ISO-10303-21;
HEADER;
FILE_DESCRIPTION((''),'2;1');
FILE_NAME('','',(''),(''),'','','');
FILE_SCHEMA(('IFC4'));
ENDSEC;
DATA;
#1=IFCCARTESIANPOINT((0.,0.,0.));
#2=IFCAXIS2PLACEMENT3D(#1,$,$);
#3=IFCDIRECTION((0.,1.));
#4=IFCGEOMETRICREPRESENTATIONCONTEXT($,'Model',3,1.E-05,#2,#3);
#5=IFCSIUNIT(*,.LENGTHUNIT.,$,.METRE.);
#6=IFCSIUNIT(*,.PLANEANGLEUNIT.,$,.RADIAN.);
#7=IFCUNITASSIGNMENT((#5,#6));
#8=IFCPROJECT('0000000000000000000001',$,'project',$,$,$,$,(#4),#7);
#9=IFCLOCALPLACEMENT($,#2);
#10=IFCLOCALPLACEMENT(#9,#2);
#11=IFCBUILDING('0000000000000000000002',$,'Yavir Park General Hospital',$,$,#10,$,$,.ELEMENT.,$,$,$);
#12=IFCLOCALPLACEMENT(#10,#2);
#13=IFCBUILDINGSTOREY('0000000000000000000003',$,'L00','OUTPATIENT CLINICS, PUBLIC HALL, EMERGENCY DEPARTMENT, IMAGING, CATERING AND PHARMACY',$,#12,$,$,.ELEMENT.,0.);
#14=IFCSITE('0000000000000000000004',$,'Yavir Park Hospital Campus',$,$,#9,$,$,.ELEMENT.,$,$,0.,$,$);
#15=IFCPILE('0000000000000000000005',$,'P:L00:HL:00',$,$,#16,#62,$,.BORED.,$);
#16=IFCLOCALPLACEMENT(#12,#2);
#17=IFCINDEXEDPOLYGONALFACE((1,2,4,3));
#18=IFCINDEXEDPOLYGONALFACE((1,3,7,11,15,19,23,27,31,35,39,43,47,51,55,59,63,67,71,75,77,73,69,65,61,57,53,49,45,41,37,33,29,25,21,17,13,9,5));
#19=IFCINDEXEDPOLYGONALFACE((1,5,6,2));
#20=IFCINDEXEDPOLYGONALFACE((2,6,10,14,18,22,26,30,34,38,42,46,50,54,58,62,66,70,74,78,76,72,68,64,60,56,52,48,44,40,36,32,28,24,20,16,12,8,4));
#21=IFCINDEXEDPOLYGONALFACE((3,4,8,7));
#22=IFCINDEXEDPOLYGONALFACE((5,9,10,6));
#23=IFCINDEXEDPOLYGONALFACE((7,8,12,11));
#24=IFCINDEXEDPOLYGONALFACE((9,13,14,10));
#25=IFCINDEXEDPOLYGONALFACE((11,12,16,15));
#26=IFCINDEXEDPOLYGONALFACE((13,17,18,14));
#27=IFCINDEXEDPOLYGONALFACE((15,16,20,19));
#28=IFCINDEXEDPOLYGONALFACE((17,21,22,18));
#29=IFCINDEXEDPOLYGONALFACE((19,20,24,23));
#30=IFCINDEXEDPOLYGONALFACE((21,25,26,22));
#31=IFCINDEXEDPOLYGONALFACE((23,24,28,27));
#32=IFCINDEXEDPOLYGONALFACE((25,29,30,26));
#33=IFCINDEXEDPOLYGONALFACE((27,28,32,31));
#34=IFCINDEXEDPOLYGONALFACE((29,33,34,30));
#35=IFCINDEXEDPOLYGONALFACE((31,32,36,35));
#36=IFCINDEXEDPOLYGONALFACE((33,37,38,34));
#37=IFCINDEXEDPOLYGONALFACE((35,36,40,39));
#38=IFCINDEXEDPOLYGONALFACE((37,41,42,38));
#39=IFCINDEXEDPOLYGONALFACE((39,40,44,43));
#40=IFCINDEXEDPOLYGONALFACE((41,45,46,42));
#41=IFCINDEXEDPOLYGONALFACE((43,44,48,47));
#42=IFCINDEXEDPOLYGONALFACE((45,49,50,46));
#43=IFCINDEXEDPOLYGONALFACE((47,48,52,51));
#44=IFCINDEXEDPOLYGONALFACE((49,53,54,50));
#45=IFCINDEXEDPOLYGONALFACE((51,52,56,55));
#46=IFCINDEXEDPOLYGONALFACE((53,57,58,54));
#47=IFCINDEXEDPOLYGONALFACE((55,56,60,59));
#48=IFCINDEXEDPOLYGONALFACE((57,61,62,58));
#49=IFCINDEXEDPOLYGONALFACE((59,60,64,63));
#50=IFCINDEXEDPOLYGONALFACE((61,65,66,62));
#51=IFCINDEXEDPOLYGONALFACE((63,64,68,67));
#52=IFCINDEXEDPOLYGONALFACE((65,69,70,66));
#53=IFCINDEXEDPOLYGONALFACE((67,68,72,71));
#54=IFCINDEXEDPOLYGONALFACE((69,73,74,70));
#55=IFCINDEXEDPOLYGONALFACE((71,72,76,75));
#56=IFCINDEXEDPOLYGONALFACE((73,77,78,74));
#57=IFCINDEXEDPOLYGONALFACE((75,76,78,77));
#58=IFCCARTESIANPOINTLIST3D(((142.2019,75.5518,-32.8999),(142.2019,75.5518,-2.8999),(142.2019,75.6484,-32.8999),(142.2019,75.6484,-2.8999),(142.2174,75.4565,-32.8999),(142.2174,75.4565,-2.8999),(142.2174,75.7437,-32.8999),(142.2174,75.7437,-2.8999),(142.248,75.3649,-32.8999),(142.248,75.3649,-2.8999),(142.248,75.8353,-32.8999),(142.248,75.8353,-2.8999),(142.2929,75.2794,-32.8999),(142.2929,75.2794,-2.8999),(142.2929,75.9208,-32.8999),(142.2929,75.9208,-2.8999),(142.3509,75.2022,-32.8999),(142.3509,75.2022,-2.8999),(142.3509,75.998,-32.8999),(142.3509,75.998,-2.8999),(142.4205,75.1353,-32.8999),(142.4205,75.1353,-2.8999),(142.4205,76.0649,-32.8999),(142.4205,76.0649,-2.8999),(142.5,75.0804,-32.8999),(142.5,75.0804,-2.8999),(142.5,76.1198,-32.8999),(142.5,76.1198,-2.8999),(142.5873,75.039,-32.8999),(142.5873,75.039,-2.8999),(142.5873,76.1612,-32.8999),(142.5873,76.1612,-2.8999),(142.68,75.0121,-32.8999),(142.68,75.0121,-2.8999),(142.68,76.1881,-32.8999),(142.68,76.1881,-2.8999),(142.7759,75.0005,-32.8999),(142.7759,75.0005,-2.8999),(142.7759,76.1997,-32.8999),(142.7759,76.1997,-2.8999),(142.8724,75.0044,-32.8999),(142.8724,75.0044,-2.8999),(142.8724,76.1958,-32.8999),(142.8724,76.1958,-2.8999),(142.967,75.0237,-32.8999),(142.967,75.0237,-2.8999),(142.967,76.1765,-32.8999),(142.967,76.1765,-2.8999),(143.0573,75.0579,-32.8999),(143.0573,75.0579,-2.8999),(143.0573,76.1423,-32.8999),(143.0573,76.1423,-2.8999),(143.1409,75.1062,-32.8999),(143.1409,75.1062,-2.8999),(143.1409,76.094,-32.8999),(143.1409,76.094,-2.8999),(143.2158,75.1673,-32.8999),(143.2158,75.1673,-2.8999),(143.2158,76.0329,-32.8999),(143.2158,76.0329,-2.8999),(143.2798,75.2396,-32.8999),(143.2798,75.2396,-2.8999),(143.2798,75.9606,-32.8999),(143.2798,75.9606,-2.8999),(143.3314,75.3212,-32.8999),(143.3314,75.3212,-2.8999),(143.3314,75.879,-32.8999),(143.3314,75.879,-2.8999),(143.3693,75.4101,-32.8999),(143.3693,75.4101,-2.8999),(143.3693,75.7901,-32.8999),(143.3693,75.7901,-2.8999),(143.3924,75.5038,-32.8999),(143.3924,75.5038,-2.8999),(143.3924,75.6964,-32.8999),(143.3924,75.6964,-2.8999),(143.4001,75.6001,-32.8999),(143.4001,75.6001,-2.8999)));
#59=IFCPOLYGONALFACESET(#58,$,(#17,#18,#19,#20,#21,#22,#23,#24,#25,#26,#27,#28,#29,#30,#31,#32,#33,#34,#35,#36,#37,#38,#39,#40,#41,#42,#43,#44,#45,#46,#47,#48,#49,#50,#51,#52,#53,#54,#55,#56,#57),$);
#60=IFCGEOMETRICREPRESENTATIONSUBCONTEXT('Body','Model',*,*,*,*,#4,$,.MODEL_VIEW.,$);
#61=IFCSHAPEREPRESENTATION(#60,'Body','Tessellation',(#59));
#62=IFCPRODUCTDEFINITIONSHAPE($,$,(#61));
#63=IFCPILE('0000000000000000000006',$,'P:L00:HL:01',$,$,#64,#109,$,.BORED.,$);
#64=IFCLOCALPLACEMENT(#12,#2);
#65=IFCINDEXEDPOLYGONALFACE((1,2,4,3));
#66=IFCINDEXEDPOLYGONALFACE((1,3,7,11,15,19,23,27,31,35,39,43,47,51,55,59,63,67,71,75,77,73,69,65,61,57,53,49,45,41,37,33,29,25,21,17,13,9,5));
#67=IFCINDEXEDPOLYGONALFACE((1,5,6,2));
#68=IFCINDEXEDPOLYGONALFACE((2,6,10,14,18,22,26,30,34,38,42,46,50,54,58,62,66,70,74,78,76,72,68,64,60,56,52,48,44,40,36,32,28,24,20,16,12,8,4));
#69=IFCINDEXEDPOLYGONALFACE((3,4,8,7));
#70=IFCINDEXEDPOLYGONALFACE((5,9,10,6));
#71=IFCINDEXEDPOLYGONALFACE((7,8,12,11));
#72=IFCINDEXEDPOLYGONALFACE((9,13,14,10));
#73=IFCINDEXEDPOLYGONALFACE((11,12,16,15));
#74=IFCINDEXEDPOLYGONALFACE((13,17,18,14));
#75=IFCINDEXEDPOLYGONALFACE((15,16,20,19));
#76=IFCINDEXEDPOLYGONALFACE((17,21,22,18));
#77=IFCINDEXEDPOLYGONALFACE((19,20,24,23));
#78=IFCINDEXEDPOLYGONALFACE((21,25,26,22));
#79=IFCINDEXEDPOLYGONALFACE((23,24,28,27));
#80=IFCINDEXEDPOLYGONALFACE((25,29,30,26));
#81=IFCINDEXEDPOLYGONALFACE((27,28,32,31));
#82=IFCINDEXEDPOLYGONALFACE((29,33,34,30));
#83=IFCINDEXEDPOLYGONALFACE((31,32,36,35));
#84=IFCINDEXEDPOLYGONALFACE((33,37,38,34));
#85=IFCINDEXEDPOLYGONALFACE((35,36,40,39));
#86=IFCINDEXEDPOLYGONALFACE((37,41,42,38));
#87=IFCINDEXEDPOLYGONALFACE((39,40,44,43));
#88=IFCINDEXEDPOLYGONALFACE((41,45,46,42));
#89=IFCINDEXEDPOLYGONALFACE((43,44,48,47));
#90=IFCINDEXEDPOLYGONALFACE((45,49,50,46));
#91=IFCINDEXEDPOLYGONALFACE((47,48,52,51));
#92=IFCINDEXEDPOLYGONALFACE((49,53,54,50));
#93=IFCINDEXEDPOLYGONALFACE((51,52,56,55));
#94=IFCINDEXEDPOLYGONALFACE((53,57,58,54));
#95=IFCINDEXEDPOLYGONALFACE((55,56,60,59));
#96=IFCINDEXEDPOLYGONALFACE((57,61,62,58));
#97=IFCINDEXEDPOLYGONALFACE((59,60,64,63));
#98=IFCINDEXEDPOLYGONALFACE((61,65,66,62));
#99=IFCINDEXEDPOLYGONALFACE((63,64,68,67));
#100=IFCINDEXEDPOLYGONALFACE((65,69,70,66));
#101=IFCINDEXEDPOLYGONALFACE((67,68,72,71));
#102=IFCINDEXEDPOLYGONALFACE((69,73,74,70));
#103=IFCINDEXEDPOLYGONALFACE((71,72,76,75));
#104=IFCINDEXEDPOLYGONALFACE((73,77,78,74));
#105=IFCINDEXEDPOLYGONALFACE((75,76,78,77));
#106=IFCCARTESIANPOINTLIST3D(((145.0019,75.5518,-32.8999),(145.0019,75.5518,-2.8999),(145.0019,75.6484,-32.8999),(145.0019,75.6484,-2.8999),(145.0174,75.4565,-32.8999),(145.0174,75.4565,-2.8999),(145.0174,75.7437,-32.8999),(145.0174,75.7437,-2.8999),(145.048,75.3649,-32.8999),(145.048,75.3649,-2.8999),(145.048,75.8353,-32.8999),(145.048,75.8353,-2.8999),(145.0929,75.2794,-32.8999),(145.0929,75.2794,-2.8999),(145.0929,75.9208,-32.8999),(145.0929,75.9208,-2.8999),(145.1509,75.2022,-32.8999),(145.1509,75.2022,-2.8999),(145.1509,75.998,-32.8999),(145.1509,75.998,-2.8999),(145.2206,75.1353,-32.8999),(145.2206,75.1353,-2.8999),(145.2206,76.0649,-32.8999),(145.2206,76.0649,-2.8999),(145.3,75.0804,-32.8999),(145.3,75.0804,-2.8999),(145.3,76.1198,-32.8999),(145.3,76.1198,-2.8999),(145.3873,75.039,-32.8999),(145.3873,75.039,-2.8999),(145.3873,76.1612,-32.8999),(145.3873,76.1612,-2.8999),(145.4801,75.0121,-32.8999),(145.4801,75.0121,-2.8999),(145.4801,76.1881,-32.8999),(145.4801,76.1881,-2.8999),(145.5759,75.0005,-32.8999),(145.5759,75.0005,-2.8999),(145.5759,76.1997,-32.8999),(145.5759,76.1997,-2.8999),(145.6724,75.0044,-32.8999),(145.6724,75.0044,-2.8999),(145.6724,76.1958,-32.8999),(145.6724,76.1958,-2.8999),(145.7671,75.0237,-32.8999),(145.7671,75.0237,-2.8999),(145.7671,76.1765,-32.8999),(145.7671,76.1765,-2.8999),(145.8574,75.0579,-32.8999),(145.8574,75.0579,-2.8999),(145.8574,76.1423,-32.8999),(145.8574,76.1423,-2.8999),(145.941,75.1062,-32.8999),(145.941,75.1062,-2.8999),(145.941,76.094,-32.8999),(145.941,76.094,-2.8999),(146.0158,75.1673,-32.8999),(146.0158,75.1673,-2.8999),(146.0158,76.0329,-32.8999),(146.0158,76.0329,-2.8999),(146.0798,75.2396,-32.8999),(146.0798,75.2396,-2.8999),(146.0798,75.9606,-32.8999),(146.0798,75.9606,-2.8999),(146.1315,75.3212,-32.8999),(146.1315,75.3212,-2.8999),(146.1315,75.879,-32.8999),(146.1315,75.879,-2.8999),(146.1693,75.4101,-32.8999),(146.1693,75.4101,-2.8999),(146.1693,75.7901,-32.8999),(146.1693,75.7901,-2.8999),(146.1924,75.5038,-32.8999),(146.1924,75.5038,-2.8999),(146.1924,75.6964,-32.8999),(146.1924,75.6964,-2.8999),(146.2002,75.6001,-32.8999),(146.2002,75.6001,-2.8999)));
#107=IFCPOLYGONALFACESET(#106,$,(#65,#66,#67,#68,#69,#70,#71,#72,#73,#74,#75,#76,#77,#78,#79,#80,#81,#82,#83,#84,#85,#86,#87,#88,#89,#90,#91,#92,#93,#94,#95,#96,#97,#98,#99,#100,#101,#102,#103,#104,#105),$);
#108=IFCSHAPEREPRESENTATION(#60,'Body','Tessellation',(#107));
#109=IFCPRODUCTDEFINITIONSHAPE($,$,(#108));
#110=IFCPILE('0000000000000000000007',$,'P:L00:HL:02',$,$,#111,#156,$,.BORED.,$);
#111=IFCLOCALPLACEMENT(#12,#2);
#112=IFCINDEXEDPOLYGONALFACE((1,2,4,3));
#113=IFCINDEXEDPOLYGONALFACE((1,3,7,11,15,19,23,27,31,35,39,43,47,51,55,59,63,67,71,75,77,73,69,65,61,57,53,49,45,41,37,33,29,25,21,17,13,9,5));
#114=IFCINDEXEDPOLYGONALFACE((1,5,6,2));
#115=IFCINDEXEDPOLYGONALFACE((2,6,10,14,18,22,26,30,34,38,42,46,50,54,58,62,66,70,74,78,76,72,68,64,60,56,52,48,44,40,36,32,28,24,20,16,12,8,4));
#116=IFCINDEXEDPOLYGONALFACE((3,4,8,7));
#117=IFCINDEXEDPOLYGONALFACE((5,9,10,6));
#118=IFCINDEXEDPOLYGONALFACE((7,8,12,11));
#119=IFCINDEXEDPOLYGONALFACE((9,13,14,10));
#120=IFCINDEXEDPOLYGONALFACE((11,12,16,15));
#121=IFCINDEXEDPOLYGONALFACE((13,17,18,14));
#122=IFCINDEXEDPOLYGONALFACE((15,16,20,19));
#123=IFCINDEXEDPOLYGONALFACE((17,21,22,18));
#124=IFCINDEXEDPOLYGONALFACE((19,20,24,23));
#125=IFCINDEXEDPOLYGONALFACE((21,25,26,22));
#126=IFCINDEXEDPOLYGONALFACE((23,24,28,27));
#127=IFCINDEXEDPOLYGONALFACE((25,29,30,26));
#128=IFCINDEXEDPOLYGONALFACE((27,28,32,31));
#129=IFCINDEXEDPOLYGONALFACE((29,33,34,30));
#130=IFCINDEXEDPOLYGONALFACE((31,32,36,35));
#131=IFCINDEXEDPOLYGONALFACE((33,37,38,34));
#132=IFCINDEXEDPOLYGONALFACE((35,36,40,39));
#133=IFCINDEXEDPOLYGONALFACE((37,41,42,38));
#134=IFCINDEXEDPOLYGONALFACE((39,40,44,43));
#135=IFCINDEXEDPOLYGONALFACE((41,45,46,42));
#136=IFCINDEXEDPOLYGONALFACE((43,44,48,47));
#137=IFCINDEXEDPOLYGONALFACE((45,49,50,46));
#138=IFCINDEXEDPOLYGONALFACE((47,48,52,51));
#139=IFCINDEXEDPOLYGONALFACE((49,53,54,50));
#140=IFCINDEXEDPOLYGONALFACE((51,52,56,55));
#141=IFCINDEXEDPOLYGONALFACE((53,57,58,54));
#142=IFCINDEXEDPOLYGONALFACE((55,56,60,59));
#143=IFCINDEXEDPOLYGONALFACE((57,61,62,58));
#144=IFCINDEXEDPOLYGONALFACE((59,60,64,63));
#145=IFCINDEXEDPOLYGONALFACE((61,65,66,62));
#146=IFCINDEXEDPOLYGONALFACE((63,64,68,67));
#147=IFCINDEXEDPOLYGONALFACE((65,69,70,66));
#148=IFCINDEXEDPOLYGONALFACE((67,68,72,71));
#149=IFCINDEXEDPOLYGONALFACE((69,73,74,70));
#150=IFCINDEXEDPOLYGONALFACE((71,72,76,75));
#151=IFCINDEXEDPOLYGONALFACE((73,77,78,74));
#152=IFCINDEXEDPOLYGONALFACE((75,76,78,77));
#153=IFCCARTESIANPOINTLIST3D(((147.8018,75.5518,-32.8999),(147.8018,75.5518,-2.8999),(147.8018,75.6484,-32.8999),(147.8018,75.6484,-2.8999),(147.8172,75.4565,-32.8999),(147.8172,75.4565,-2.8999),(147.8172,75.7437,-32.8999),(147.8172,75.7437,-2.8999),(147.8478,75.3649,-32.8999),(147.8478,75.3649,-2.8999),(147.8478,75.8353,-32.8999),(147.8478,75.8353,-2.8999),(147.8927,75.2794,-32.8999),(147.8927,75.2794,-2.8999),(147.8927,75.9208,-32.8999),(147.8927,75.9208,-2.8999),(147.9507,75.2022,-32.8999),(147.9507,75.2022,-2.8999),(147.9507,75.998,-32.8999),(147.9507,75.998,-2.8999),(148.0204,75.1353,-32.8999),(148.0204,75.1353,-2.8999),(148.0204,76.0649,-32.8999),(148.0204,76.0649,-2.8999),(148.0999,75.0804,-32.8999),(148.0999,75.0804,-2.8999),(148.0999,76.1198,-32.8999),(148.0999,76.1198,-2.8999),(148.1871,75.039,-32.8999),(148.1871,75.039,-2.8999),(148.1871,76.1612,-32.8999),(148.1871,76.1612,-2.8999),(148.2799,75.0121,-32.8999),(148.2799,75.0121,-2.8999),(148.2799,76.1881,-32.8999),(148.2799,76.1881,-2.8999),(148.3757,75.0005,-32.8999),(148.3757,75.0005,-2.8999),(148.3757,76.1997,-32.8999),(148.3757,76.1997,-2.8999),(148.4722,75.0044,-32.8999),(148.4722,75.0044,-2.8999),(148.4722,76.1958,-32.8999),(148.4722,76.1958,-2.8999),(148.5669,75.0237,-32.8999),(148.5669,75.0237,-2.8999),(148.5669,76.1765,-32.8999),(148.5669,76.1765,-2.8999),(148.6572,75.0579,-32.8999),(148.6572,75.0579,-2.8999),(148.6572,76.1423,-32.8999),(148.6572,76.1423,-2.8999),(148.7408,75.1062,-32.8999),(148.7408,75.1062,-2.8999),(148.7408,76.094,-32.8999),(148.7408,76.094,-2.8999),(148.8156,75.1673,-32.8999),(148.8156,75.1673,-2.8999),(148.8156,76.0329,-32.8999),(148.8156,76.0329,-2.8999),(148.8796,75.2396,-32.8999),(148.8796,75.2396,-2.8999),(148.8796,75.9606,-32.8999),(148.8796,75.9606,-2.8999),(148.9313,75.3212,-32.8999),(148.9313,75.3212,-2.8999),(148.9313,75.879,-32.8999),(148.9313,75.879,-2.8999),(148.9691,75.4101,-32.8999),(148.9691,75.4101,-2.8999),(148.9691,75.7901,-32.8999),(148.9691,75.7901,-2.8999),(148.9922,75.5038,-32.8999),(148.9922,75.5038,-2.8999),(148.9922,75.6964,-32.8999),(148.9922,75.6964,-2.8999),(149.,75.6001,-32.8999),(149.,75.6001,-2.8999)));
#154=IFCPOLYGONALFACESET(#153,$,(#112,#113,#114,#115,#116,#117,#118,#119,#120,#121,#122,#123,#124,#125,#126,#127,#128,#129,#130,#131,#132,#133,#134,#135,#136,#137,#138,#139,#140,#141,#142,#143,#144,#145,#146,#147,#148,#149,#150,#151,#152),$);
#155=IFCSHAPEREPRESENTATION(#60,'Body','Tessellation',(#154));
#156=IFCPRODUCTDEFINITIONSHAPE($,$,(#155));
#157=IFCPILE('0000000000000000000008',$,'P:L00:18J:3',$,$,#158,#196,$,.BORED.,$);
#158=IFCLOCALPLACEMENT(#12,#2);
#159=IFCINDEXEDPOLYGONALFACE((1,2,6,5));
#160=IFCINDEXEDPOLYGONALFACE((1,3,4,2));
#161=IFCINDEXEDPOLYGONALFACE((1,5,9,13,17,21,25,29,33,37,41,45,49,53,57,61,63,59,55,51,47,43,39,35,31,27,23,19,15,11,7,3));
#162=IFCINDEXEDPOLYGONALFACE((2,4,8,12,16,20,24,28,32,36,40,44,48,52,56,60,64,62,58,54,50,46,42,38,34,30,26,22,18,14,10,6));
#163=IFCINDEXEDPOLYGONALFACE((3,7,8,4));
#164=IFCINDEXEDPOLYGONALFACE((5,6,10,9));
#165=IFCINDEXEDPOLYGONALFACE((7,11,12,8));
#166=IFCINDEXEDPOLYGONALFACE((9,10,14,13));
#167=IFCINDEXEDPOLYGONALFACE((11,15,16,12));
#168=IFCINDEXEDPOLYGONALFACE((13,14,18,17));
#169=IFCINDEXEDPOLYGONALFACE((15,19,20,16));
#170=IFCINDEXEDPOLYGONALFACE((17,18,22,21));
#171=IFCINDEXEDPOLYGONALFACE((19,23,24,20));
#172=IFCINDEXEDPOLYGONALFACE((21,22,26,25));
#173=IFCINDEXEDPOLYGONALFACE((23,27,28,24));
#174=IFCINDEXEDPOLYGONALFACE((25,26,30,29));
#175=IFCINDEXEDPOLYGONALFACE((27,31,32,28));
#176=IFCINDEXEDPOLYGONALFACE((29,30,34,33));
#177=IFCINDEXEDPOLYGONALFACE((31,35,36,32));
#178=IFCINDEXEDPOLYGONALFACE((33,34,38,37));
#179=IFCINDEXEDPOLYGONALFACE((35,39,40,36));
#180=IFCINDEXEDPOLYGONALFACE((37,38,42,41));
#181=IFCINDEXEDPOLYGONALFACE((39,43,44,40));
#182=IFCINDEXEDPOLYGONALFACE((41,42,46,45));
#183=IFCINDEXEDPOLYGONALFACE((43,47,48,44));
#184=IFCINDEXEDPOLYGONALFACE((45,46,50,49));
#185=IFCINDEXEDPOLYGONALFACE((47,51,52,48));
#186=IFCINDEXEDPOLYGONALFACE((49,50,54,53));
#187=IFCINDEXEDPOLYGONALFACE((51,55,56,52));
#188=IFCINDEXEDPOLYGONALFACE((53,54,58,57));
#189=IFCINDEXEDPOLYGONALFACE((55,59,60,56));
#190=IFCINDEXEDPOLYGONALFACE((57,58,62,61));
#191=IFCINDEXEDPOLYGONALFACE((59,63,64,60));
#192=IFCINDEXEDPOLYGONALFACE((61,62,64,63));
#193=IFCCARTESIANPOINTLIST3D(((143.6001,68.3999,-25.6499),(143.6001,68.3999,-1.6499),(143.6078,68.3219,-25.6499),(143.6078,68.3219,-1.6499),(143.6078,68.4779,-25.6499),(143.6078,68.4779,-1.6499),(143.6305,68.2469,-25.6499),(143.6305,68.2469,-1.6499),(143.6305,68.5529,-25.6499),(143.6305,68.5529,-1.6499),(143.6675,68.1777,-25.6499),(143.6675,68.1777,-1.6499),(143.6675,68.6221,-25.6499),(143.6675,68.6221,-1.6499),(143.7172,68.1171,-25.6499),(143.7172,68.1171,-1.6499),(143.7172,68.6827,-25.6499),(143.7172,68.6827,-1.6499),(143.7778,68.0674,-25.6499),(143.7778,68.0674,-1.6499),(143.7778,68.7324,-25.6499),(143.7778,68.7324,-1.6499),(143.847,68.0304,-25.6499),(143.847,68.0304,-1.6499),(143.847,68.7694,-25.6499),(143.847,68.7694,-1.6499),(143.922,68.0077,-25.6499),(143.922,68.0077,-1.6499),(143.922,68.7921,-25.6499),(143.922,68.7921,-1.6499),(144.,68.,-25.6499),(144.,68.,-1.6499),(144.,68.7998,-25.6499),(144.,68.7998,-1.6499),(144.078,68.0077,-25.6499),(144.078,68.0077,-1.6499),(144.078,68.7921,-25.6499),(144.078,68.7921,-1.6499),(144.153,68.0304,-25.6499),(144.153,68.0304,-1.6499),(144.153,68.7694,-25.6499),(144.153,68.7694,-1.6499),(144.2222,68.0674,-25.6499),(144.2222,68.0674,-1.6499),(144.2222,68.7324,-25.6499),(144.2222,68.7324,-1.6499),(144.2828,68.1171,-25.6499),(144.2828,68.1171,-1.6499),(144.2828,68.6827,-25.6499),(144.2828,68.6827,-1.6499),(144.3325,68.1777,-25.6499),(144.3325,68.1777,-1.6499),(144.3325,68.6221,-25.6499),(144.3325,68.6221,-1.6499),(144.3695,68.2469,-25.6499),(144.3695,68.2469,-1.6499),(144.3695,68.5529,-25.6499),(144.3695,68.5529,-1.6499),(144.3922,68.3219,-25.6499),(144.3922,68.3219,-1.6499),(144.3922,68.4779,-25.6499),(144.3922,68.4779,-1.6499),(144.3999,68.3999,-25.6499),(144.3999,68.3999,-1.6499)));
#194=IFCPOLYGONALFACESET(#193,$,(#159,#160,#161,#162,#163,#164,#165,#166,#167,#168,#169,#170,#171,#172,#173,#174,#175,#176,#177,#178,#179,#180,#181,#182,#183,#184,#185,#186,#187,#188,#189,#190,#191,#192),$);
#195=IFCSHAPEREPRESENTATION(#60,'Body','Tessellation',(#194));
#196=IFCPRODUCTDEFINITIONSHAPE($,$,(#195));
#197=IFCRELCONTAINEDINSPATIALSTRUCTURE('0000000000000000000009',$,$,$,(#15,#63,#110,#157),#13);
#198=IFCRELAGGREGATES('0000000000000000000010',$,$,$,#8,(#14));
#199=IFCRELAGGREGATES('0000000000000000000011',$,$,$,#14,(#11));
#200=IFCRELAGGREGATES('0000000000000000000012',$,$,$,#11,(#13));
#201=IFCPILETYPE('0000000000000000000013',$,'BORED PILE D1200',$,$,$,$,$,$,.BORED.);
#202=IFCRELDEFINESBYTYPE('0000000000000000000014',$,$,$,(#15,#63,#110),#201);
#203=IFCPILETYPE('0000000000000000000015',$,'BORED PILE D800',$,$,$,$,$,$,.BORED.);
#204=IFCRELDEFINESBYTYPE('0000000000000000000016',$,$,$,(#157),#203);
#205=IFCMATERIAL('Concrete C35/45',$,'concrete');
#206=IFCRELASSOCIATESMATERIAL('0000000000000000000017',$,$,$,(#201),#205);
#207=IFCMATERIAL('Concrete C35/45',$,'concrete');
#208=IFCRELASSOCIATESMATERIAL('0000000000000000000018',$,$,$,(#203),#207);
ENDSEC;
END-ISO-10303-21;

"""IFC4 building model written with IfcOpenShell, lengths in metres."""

from ifc_helpers import new_model, si_unit, direction, frame, origin, origin_2d, place, context, subcontext, project, spatial, circle, extrude, material, material_profile, profile_set, type_object, element, save


model = new_model("IFC4")

# Units and contexts
model_context = context("Model", 3, precision=1e-05, world=origin(), true_north=direction((0.0, 1.0)))
body_context = subcontext(model_context, "Body", "Model", "MODEL_VIEW")
ifc_project = project(units=[si_unit("LENGTHUNIT", "METRE"), si_unit("PLANEANGLEUNIT", "RADIAN")], contexts=[model_context])

# Site, building, storey
site_placement = place(None, origin())
site = spatial("IfcSite", under=ifc_project, at=site_placement, Name="Yavir Park Hospital Campus", CompositionType="ELEMENT", RefElevation=0.0)
building_placement = place(site_placement, origin())
building = spatial("IfcBuilding", under=site, at=building_placement, Name="Yavir Park General Hospital", CompositionType="ELEMENT")
storey_placement = place(building_placement, origin())
storey = spatial("IfcBuildingStorey", under=building, at=storey_placement, Name="L00", Description="OUTPATIENT CLINICS, PUBLIC HALL, EMERGENCY DEPARTMENT, IMAGING, CATERING AND PHARMACY", CompositionType="ELEMENT", Elevation=0.0)

# Piles
ifc_material_1 = material(Name="Concrete C35/45", Category="concrete")
ifc_material_profile_1 = material_profile(ifc_material_1, circle(Radius=0.6001, at=origin_2d()), Name="D1200")
ifc_profile_set_1 = profile_set([ifc_material_profile_1], Name="Concrete C35/45")
pile_type_1 = type_object("IfcPileType", Name="BORED PILE D1200", PredefinedType="BORED", material=ifc_profile_set_1)
for number, where, z_axis, x_axis, name in (
    (1, (142.8, 75.6001, -2.8999), (0.0, 0.0, -1.0), (1.0, 0.0, 0.0), "P:L00:HL:00"),
    (2, (145.6001, 75.6001, -2.8999), (0.0, 0.0, -1.0), (1.0, 0.0, 0.0), "P:L00:HL:01"),
    (3, (148.3999, 75.6001, -2.8999), (0.0, 0.0, -1.0), (1.0, 0.0, 0.0), "P:L00:HL:02"),
):
    element("IfcPile", number, at=place(storey_placement, frame(where, z_axis=z_axis, x_axis=x_axis)), inside=storey, type_object=pile_type_1, Name=name, PredefinedType="BORED", context=body_context, shape_type="SweptSolid", body=[
        extrude(circle(Radius=0.6001, at=origin_2d()), origin(), (0.0, 0.0, 1.0), 30.0),
    ])
ifc_material_2 = material(Name="Concrete C35/45", Category="concrete")
ifc_material_profile_2 = material_profile(ifc_material_2, circle(Radius=0.3999, at=origin_2d()), Name="D800")
ifc_profile_set_2 = profile_set([ifc_material_profile_2], Name="Concrete C35/45")
pile_type_2 = type_object("IfcPileType", Name="BORED PILE D800", PredefinedType="BORED", material=ifc_profile_set_2)
pile_placement = place(storey_placement, frame((144.0, 68.3999, -1.6499), z_axis=(0.0, 0.0, -1.0), x_axis=(1.0, 0.0, 0.0)))
element("IfcPile", 4, at=pile_placement, inside=storey, type_object=pile_type_2, Name="P:L00:18J:3", PredefinedType="BORED", context=body_context, shape_type="SweptSolid", body=[
    extrude(circle(Radius=0.3999, at=origin_2d()), origin(), (0.0, 0.0, 1.0), 24.0),
])

save(model, "model.ifc")
